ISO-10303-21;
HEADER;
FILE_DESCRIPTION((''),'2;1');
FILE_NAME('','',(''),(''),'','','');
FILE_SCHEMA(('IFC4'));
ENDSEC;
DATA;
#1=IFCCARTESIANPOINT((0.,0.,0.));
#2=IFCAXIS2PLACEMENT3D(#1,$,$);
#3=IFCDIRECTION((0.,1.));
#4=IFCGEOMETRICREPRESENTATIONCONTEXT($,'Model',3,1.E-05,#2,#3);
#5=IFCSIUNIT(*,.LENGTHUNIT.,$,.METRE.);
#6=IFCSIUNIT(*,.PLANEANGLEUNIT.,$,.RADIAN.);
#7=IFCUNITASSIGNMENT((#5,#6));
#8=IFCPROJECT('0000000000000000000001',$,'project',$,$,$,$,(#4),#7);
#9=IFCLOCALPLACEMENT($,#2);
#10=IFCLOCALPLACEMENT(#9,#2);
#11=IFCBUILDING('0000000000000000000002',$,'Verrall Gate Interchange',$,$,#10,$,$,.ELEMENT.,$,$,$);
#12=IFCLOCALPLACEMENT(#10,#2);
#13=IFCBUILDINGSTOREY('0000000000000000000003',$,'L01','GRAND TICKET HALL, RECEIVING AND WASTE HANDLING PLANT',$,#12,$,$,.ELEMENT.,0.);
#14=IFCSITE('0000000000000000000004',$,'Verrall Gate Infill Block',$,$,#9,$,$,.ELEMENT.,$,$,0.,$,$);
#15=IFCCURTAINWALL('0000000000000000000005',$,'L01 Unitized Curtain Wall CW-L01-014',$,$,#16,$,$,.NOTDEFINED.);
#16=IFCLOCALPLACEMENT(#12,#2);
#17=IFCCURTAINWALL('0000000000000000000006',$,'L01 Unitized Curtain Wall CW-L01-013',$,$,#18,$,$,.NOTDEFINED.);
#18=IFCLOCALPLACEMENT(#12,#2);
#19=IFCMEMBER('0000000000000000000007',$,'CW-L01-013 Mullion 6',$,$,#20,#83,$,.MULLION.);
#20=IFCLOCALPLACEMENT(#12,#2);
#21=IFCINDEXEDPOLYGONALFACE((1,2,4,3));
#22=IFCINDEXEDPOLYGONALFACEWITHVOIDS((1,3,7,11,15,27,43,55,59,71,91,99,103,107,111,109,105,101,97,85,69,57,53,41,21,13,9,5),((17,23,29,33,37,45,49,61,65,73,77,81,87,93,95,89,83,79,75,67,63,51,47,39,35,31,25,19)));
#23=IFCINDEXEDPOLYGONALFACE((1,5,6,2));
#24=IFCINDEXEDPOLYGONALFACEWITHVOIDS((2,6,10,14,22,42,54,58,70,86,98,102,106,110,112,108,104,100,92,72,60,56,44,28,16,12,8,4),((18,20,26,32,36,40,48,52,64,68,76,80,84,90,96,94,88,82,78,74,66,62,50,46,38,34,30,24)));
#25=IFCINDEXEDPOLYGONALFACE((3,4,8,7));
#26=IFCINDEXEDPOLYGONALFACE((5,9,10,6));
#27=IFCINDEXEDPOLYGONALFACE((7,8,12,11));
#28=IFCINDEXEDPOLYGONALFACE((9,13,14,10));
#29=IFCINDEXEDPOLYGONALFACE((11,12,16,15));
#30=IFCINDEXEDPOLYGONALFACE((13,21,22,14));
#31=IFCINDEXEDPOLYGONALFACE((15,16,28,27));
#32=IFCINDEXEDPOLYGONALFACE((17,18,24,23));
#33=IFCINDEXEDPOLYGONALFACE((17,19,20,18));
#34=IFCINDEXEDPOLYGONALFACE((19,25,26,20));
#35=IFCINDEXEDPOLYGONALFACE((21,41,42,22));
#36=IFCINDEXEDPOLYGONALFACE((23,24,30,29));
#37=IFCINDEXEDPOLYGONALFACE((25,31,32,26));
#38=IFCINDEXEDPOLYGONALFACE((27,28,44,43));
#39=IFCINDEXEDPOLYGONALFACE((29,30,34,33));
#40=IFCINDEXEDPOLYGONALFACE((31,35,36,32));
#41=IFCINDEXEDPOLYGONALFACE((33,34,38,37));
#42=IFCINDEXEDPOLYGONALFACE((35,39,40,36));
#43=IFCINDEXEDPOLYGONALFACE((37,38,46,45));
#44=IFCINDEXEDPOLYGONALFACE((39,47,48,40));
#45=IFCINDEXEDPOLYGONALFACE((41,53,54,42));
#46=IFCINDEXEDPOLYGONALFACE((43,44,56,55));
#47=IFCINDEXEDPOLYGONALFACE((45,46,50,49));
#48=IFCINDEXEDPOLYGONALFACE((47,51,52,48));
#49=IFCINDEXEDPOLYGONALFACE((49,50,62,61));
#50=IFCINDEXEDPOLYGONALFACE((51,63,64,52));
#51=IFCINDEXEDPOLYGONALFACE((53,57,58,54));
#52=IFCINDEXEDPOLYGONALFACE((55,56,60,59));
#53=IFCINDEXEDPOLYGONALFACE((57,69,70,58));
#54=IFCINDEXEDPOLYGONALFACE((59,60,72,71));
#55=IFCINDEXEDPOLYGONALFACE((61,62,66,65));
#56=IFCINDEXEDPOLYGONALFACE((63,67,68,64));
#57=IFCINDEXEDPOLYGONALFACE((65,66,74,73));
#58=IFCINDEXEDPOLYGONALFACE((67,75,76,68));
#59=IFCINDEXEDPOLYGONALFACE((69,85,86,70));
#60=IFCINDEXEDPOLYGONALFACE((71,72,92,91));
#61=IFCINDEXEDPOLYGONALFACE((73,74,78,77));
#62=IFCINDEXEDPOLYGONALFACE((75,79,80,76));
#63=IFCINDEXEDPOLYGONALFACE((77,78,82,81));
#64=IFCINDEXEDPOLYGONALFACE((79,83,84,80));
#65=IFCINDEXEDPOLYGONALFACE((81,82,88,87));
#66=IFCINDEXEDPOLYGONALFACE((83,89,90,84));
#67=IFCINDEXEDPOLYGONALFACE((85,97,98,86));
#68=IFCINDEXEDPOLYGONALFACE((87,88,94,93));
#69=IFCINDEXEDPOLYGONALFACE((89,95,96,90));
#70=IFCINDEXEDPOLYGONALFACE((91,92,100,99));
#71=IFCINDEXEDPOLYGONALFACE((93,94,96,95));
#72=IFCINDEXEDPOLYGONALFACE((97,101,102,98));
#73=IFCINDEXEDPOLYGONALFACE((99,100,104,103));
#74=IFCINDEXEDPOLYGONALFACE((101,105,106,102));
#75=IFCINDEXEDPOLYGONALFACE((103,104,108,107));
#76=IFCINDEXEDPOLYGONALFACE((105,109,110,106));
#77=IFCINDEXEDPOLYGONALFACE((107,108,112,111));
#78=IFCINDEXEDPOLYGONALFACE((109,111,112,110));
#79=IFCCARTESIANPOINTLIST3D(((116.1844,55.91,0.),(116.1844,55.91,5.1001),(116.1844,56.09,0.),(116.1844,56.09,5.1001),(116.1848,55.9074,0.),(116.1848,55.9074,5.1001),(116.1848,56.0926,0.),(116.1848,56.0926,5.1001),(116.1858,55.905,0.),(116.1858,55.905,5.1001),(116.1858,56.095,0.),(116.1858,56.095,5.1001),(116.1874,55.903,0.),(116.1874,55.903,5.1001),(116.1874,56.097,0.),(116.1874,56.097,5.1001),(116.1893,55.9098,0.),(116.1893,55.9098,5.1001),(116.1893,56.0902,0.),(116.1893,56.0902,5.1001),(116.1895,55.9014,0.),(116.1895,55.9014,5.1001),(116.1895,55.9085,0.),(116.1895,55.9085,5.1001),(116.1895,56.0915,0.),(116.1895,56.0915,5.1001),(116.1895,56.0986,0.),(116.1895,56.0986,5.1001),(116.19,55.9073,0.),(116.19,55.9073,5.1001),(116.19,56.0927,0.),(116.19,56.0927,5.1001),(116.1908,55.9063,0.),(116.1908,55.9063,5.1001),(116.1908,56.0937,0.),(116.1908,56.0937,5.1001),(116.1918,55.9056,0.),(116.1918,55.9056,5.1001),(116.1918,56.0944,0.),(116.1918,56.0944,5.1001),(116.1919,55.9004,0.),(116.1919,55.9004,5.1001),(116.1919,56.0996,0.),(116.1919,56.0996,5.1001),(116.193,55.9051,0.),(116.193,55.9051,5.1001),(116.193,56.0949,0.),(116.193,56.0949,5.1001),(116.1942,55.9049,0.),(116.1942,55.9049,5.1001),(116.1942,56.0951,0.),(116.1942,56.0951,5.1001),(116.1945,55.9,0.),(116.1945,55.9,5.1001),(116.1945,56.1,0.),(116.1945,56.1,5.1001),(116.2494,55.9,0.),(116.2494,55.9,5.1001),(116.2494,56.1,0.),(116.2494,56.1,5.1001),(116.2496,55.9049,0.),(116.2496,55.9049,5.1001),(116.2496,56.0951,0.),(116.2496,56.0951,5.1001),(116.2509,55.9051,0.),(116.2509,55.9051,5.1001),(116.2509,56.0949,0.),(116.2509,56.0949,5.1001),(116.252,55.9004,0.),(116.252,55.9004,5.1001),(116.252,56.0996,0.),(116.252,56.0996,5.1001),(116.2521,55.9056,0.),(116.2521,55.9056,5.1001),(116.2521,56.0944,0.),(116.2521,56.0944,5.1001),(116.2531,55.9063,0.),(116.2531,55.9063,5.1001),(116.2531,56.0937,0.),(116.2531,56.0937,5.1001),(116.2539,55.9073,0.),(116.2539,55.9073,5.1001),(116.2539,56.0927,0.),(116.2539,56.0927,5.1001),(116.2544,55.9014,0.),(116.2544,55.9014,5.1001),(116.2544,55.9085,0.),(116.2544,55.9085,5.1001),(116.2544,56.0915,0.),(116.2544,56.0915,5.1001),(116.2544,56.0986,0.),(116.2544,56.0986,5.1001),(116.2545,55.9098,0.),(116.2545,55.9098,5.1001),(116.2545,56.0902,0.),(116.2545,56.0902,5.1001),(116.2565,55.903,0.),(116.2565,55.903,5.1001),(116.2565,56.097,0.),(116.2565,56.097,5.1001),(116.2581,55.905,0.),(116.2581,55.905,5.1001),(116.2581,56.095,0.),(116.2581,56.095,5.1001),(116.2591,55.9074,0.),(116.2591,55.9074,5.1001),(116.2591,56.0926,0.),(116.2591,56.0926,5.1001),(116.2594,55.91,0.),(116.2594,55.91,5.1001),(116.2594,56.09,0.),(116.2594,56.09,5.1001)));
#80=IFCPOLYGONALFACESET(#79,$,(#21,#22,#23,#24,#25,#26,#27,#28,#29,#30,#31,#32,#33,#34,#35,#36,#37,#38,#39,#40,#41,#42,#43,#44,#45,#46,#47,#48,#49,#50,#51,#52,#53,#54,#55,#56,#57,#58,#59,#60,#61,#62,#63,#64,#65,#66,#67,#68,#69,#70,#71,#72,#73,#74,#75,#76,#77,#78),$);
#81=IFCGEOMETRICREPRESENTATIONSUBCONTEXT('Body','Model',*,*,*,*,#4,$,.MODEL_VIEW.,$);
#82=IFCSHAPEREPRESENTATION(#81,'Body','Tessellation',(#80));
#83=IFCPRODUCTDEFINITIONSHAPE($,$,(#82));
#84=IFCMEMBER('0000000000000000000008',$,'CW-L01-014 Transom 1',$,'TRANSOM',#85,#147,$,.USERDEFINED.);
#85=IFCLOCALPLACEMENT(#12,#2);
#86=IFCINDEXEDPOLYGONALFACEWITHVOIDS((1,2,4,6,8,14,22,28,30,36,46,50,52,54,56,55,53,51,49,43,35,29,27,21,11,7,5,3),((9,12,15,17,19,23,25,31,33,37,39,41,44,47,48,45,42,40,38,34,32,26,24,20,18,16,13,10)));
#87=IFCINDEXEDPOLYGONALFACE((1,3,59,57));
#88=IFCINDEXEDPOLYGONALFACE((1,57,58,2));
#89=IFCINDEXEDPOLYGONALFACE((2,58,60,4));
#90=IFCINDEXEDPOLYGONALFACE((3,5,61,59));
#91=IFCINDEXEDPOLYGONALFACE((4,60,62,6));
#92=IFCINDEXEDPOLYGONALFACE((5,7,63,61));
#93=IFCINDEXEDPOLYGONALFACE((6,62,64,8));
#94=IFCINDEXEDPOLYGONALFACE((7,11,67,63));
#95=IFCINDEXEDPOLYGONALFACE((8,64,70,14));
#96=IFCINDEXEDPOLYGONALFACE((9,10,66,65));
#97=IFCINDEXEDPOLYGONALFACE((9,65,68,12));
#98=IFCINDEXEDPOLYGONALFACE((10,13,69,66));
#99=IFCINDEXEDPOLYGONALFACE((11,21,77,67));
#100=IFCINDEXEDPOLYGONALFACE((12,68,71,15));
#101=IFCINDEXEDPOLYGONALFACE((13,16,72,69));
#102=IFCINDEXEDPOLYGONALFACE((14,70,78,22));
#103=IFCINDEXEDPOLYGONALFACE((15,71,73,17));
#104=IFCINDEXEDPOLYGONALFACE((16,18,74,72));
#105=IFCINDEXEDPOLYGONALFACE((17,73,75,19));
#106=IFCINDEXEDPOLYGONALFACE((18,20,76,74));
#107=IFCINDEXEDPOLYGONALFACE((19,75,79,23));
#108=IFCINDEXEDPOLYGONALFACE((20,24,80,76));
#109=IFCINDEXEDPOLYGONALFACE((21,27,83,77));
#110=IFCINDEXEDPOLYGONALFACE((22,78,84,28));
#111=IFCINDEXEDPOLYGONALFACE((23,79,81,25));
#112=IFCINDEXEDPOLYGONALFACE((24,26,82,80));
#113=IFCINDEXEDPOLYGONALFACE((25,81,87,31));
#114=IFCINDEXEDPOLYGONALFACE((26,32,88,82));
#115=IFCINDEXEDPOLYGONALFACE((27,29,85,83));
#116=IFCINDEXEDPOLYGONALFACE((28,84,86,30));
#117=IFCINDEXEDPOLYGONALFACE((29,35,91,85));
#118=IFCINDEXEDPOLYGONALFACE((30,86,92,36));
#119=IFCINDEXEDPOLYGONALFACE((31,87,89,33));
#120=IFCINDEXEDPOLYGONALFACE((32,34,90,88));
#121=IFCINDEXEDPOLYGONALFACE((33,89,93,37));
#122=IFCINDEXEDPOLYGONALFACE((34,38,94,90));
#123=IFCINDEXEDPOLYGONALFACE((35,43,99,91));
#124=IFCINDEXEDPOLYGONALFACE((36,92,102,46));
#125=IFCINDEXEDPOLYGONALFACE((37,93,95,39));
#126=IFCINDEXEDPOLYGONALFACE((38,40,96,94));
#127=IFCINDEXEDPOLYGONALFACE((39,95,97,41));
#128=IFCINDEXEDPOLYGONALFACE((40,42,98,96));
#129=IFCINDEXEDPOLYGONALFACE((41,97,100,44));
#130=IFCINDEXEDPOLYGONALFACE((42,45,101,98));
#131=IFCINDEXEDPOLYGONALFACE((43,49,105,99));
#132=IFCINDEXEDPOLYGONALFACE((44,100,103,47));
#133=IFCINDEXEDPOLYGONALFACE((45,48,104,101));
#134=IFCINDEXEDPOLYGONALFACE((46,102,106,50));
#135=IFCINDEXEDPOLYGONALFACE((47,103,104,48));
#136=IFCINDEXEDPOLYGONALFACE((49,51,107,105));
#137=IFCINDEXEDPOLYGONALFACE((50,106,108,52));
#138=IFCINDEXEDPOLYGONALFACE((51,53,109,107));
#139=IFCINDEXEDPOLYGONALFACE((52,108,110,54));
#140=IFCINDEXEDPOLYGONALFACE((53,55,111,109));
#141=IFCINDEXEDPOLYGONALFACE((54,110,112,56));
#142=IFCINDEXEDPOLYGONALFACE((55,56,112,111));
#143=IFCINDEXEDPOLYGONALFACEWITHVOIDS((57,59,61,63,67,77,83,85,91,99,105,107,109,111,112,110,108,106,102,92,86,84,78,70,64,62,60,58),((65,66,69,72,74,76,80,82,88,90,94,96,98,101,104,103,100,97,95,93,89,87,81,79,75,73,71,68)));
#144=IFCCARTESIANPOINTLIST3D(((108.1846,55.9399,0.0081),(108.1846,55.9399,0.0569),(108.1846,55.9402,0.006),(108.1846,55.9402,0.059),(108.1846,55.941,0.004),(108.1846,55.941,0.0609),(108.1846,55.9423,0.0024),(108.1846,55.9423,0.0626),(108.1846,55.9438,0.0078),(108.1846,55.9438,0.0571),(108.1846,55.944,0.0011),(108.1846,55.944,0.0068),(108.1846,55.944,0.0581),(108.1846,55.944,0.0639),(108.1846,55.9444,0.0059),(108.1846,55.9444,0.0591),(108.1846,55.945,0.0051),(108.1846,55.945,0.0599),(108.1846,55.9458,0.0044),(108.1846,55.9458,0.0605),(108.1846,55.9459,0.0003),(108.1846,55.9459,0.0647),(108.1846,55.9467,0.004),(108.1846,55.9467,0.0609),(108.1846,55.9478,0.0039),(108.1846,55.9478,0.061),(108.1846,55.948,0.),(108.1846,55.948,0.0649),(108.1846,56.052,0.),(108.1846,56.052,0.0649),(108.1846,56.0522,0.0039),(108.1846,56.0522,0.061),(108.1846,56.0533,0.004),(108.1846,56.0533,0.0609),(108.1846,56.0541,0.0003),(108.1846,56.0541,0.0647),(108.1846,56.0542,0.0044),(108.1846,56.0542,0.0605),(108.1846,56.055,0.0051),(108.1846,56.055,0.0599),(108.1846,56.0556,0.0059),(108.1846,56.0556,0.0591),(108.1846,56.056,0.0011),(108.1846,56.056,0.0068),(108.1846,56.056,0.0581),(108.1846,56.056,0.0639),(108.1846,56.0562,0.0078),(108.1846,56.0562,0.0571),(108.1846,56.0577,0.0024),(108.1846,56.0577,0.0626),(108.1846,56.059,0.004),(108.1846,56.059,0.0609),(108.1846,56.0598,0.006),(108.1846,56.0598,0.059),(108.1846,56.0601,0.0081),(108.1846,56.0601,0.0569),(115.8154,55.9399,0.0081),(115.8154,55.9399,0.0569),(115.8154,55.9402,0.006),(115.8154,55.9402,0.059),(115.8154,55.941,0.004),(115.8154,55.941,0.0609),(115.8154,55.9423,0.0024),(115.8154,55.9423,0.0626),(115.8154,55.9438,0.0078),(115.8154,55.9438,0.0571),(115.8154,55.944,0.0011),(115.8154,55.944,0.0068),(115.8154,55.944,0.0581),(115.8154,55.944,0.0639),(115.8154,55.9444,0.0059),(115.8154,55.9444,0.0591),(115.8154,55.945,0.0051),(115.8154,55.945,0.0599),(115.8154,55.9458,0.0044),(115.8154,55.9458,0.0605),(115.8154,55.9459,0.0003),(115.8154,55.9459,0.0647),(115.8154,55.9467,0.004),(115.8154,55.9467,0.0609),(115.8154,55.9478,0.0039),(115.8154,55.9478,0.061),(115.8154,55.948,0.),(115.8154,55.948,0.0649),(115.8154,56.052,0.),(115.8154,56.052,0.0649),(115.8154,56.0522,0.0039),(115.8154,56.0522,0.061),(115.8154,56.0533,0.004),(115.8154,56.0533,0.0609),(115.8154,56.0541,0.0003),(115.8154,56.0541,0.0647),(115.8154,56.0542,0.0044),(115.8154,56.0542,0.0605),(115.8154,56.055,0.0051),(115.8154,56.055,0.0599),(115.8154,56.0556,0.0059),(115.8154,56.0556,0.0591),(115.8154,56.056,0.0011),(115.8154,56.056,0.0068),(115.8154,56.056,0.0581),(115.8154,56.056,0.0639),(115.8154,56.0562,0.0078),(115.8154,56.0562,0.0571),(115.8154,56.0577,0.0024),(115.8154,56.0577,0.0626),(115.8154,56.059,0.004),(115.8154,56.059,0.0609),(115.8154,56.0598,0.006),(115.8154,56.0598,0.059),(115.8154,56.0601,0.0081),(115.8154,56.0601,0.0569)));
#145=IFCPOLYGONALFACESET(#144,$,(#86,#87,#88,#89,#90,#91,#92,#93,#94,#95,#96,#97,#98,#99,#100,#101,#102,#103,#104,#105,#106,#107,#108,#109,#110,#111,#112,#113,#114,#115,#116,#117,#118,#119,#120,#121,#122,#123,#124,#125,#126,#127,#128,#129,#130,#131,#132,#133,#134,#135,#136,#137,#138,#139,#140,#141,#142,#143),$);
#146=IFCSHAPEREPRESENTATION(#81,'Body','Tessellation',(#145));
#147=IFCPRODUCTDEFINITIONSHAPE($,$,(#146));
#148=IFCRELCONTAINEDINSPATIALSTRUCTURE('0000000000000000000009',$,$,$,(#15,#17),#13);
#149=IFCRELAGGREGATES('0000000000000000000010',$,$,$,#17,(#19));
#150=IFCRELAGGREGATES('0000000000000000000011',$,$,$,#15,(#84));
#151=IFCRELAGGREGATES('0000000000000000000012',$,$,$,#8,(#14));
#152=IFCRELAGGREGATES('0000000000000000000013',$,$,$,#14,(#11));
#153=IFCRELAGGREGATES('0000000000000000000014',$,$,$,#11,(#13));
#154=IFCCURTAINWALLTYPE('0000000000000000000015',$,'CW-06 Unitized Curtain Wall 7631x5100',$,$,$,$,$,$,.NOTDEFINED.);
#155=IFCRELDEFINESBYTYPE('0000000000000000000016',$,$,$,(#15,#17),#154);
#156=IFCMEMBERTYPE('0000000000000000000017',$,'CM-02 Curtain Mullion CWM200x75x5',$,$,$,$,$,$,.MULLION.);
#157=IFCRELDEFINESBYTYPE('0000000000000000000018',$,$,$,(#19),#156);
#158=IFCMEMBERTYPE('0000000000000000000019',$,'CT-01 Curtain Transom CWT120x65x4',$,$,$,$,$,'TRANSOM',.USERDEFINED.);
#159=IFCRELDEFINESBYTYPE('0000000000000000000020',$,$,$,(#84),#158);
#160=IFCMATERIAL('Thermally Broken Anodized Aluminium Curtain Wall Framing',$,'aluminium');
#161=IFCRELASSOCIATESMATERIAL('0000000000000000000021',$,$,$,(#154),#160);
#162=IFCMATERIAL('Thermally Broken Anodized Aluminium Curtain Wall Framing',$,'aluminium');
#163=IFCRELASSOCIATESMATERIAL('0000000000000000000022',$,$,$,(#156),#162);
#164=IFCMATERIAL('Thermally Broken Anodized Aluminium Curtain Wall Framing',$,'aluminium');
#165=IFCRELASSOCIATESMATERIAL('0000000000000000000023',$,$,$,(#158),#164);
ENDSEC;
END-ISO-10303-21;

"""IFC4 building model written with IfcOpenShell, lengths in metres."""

from ifc_helpers import new_model, si_unit, direction, frame, origin, origin_2d, place, context, subcontext, project, spatial, hollow_rectangle, extrude, material, material_profile, profile_set, type_object, element, aggregate, save


model = new_model("IFC4")

# Units and contexts
model_context = context("Model", 3, precision=1e-05, world=origin(), true_north=direction((0.0, 1.0)))
body_context = subcontext(model_context, "Body", "Model", "MODEL_VIEW")
ifc_project = project(units=[si_unit("LENGTHUNIT", "METRE"), si_unit("PLANEANGLEUNIT", "RADIAN")], contexts=[model_context])

# Site, building, storey
site_placement = place(None, origin())
site = spatial("IfcSite", under=ifc_project, at=site_placement, Name="Verrall Gate Infill Block", CompositionType="ELEMENT", RefElevation=0.0)
building_placement = place(site_placement, origin())
building = spatial("IfcBuilding", under=site, at=building_placement, Name="Verrall Gate Interchange", CompositionType="ELEMENT")
storey_placement = place(building_placement, origin())
storey = spatial("IfcBuildingStorey", under=building, at=storey_placement, Name="L01", Description="GRAND TICKET HALL, RECEIVING AND WASTE HANDLING PLANT", CompositionType="ELEMENT", Elevation=0.0)

# Curtain wall
ifc_material_1 = material(Name="Thermally Broken Anodized Aluminium Curtain Wall Framing", Category="aluminium")
curtain_wall_type = type_object("IfcCurtainWallType", Name="CW-06 Unitized Curtain Wall 7631x5100", PredefinedType="NOTDEFINED", material=ifc_material_1)
curtain_wall_1_placement = place(storey_placement, origin())
curtain_wall_1 = element("IfcCurtainWall", 1, at=curtain_wall_1_placement, inside=storey, type_object=curtain_wall_type, Name="L01 Unitized Curtain Wall CW-L01-014", PredefinedType="NOTDEFINED")

# Curtain wall, member
curtain_wall_2_placement = place(storey_placement, origin())
curtain_wall_2 = element("IfcCurtainWall", 2, at=curtain_wall_2_placement, inside=storey, type_object=curtain_wall_type, Name="L01 Unitized Curtain Wall CW-L01-013", PredefinedType="NOTDEFINED")
ifc_material_2 = material(Name="Thermally Broken Anodized Aluminium Curtain Wall Framing", Category="aluminium")
ifc_material_profile_1 = material_profile(ifc_material_2, hollow_rectangle(XDim=0.075, YDim=0.2, WallThickness=0.0049, InnerFilletRadius=0.0049, OuterFilletRadius=0.01, at=origin_2d()), Name="CWM200x75x5")
ifc_profile_set_1 = profile_set([ifc_material_profile_1], Name="Thermally Broken Anodized Aluminium Curtain Wall Framing")
member_type_1 = type_object("IfcMemberType", Name="CM-02 Curtain Mullion CWM200x75x5", PredefinedType="MULLION", material=ifc_profile_set_1)
member_1_placement = place(storey_placement, frame((116.2219, 56.0, 0.0), z_axis=(0.0, 0.0, 1.0), x_axis=(-1.0, 0.0, 0.0)))
member_1 = element("IfcMember", 3, at=member_1_placement, type_object=member_type_1, Name="CW-L01-013 Mullion 6", PredefinedType="MULLION", context=body_context, shape_type="SweptSolid", body=[
    extrude(hollow_rectangle(XDim=0.075, YDim=0.2, WallThickness=0.0049, InnerFilletRadius=0.0049, OuterFilletRadius=0.01, at=origin_2d()), origin(), (0.0, 0.0, 1.0), 5.1001),
])

# Member
ifc_material_3 = material(Name="Thermally Broken Anodized Aluminium Curtain Wall Framing", Category="aluminium")
ifc_material_profile_2 = material_profile(ifc_material_3, hollow_rectangle(XDim=0.1201, YDim=0.0649, WallThickness=0.0039, InnerFilletRadius=0.0039, OuterFilletRadius=0.0081, at=origin_2d()), Name="CWT120x65x4")
ifc_profile_set_2 = profile_set([ifc_material_profile_2], Name="Thermally Broken Anodized Aluminium Curtain Wall Framing")
member_type_2 = type_object("IfcMemberType", Name="CT-01 Curtain Transom CWT120x65x4", ElementType="TRANSOM", PredefinedType="USERDEFINED", material=ifc_profile_set_2)
member_2_placement = place(storey_placement, frame((115.8154, 56.0, 0.0325), z_axis=(-1.0, 0.0, 0.0), x_axis=(0.0, -1.0, 0.0)))
member_2 = element("IfcMember", 4, at=member_2_placement, type_object=member_type_2, Name="CW-L01-014 Transom 1", ObjectType="TRANSOM", PredefinedType="USERDEFINED", context=body_context, shape_type="SweptSolid", body=[
    extrude(hollow_rectangle(XDim=0.1201, YDim=0.0649, WallThickness=0.0039, InnerFilletRadius=0.0039, OuterFilletRadius=0.0081, at=origin_2d()), origin(), (0.0, 0.0, 1.0), 7.6309),
])

aggregate(curtain_wall_2, [member_1])
aggregate(curtain_wall_1, [member_2])

save(model, "model.ifc")
